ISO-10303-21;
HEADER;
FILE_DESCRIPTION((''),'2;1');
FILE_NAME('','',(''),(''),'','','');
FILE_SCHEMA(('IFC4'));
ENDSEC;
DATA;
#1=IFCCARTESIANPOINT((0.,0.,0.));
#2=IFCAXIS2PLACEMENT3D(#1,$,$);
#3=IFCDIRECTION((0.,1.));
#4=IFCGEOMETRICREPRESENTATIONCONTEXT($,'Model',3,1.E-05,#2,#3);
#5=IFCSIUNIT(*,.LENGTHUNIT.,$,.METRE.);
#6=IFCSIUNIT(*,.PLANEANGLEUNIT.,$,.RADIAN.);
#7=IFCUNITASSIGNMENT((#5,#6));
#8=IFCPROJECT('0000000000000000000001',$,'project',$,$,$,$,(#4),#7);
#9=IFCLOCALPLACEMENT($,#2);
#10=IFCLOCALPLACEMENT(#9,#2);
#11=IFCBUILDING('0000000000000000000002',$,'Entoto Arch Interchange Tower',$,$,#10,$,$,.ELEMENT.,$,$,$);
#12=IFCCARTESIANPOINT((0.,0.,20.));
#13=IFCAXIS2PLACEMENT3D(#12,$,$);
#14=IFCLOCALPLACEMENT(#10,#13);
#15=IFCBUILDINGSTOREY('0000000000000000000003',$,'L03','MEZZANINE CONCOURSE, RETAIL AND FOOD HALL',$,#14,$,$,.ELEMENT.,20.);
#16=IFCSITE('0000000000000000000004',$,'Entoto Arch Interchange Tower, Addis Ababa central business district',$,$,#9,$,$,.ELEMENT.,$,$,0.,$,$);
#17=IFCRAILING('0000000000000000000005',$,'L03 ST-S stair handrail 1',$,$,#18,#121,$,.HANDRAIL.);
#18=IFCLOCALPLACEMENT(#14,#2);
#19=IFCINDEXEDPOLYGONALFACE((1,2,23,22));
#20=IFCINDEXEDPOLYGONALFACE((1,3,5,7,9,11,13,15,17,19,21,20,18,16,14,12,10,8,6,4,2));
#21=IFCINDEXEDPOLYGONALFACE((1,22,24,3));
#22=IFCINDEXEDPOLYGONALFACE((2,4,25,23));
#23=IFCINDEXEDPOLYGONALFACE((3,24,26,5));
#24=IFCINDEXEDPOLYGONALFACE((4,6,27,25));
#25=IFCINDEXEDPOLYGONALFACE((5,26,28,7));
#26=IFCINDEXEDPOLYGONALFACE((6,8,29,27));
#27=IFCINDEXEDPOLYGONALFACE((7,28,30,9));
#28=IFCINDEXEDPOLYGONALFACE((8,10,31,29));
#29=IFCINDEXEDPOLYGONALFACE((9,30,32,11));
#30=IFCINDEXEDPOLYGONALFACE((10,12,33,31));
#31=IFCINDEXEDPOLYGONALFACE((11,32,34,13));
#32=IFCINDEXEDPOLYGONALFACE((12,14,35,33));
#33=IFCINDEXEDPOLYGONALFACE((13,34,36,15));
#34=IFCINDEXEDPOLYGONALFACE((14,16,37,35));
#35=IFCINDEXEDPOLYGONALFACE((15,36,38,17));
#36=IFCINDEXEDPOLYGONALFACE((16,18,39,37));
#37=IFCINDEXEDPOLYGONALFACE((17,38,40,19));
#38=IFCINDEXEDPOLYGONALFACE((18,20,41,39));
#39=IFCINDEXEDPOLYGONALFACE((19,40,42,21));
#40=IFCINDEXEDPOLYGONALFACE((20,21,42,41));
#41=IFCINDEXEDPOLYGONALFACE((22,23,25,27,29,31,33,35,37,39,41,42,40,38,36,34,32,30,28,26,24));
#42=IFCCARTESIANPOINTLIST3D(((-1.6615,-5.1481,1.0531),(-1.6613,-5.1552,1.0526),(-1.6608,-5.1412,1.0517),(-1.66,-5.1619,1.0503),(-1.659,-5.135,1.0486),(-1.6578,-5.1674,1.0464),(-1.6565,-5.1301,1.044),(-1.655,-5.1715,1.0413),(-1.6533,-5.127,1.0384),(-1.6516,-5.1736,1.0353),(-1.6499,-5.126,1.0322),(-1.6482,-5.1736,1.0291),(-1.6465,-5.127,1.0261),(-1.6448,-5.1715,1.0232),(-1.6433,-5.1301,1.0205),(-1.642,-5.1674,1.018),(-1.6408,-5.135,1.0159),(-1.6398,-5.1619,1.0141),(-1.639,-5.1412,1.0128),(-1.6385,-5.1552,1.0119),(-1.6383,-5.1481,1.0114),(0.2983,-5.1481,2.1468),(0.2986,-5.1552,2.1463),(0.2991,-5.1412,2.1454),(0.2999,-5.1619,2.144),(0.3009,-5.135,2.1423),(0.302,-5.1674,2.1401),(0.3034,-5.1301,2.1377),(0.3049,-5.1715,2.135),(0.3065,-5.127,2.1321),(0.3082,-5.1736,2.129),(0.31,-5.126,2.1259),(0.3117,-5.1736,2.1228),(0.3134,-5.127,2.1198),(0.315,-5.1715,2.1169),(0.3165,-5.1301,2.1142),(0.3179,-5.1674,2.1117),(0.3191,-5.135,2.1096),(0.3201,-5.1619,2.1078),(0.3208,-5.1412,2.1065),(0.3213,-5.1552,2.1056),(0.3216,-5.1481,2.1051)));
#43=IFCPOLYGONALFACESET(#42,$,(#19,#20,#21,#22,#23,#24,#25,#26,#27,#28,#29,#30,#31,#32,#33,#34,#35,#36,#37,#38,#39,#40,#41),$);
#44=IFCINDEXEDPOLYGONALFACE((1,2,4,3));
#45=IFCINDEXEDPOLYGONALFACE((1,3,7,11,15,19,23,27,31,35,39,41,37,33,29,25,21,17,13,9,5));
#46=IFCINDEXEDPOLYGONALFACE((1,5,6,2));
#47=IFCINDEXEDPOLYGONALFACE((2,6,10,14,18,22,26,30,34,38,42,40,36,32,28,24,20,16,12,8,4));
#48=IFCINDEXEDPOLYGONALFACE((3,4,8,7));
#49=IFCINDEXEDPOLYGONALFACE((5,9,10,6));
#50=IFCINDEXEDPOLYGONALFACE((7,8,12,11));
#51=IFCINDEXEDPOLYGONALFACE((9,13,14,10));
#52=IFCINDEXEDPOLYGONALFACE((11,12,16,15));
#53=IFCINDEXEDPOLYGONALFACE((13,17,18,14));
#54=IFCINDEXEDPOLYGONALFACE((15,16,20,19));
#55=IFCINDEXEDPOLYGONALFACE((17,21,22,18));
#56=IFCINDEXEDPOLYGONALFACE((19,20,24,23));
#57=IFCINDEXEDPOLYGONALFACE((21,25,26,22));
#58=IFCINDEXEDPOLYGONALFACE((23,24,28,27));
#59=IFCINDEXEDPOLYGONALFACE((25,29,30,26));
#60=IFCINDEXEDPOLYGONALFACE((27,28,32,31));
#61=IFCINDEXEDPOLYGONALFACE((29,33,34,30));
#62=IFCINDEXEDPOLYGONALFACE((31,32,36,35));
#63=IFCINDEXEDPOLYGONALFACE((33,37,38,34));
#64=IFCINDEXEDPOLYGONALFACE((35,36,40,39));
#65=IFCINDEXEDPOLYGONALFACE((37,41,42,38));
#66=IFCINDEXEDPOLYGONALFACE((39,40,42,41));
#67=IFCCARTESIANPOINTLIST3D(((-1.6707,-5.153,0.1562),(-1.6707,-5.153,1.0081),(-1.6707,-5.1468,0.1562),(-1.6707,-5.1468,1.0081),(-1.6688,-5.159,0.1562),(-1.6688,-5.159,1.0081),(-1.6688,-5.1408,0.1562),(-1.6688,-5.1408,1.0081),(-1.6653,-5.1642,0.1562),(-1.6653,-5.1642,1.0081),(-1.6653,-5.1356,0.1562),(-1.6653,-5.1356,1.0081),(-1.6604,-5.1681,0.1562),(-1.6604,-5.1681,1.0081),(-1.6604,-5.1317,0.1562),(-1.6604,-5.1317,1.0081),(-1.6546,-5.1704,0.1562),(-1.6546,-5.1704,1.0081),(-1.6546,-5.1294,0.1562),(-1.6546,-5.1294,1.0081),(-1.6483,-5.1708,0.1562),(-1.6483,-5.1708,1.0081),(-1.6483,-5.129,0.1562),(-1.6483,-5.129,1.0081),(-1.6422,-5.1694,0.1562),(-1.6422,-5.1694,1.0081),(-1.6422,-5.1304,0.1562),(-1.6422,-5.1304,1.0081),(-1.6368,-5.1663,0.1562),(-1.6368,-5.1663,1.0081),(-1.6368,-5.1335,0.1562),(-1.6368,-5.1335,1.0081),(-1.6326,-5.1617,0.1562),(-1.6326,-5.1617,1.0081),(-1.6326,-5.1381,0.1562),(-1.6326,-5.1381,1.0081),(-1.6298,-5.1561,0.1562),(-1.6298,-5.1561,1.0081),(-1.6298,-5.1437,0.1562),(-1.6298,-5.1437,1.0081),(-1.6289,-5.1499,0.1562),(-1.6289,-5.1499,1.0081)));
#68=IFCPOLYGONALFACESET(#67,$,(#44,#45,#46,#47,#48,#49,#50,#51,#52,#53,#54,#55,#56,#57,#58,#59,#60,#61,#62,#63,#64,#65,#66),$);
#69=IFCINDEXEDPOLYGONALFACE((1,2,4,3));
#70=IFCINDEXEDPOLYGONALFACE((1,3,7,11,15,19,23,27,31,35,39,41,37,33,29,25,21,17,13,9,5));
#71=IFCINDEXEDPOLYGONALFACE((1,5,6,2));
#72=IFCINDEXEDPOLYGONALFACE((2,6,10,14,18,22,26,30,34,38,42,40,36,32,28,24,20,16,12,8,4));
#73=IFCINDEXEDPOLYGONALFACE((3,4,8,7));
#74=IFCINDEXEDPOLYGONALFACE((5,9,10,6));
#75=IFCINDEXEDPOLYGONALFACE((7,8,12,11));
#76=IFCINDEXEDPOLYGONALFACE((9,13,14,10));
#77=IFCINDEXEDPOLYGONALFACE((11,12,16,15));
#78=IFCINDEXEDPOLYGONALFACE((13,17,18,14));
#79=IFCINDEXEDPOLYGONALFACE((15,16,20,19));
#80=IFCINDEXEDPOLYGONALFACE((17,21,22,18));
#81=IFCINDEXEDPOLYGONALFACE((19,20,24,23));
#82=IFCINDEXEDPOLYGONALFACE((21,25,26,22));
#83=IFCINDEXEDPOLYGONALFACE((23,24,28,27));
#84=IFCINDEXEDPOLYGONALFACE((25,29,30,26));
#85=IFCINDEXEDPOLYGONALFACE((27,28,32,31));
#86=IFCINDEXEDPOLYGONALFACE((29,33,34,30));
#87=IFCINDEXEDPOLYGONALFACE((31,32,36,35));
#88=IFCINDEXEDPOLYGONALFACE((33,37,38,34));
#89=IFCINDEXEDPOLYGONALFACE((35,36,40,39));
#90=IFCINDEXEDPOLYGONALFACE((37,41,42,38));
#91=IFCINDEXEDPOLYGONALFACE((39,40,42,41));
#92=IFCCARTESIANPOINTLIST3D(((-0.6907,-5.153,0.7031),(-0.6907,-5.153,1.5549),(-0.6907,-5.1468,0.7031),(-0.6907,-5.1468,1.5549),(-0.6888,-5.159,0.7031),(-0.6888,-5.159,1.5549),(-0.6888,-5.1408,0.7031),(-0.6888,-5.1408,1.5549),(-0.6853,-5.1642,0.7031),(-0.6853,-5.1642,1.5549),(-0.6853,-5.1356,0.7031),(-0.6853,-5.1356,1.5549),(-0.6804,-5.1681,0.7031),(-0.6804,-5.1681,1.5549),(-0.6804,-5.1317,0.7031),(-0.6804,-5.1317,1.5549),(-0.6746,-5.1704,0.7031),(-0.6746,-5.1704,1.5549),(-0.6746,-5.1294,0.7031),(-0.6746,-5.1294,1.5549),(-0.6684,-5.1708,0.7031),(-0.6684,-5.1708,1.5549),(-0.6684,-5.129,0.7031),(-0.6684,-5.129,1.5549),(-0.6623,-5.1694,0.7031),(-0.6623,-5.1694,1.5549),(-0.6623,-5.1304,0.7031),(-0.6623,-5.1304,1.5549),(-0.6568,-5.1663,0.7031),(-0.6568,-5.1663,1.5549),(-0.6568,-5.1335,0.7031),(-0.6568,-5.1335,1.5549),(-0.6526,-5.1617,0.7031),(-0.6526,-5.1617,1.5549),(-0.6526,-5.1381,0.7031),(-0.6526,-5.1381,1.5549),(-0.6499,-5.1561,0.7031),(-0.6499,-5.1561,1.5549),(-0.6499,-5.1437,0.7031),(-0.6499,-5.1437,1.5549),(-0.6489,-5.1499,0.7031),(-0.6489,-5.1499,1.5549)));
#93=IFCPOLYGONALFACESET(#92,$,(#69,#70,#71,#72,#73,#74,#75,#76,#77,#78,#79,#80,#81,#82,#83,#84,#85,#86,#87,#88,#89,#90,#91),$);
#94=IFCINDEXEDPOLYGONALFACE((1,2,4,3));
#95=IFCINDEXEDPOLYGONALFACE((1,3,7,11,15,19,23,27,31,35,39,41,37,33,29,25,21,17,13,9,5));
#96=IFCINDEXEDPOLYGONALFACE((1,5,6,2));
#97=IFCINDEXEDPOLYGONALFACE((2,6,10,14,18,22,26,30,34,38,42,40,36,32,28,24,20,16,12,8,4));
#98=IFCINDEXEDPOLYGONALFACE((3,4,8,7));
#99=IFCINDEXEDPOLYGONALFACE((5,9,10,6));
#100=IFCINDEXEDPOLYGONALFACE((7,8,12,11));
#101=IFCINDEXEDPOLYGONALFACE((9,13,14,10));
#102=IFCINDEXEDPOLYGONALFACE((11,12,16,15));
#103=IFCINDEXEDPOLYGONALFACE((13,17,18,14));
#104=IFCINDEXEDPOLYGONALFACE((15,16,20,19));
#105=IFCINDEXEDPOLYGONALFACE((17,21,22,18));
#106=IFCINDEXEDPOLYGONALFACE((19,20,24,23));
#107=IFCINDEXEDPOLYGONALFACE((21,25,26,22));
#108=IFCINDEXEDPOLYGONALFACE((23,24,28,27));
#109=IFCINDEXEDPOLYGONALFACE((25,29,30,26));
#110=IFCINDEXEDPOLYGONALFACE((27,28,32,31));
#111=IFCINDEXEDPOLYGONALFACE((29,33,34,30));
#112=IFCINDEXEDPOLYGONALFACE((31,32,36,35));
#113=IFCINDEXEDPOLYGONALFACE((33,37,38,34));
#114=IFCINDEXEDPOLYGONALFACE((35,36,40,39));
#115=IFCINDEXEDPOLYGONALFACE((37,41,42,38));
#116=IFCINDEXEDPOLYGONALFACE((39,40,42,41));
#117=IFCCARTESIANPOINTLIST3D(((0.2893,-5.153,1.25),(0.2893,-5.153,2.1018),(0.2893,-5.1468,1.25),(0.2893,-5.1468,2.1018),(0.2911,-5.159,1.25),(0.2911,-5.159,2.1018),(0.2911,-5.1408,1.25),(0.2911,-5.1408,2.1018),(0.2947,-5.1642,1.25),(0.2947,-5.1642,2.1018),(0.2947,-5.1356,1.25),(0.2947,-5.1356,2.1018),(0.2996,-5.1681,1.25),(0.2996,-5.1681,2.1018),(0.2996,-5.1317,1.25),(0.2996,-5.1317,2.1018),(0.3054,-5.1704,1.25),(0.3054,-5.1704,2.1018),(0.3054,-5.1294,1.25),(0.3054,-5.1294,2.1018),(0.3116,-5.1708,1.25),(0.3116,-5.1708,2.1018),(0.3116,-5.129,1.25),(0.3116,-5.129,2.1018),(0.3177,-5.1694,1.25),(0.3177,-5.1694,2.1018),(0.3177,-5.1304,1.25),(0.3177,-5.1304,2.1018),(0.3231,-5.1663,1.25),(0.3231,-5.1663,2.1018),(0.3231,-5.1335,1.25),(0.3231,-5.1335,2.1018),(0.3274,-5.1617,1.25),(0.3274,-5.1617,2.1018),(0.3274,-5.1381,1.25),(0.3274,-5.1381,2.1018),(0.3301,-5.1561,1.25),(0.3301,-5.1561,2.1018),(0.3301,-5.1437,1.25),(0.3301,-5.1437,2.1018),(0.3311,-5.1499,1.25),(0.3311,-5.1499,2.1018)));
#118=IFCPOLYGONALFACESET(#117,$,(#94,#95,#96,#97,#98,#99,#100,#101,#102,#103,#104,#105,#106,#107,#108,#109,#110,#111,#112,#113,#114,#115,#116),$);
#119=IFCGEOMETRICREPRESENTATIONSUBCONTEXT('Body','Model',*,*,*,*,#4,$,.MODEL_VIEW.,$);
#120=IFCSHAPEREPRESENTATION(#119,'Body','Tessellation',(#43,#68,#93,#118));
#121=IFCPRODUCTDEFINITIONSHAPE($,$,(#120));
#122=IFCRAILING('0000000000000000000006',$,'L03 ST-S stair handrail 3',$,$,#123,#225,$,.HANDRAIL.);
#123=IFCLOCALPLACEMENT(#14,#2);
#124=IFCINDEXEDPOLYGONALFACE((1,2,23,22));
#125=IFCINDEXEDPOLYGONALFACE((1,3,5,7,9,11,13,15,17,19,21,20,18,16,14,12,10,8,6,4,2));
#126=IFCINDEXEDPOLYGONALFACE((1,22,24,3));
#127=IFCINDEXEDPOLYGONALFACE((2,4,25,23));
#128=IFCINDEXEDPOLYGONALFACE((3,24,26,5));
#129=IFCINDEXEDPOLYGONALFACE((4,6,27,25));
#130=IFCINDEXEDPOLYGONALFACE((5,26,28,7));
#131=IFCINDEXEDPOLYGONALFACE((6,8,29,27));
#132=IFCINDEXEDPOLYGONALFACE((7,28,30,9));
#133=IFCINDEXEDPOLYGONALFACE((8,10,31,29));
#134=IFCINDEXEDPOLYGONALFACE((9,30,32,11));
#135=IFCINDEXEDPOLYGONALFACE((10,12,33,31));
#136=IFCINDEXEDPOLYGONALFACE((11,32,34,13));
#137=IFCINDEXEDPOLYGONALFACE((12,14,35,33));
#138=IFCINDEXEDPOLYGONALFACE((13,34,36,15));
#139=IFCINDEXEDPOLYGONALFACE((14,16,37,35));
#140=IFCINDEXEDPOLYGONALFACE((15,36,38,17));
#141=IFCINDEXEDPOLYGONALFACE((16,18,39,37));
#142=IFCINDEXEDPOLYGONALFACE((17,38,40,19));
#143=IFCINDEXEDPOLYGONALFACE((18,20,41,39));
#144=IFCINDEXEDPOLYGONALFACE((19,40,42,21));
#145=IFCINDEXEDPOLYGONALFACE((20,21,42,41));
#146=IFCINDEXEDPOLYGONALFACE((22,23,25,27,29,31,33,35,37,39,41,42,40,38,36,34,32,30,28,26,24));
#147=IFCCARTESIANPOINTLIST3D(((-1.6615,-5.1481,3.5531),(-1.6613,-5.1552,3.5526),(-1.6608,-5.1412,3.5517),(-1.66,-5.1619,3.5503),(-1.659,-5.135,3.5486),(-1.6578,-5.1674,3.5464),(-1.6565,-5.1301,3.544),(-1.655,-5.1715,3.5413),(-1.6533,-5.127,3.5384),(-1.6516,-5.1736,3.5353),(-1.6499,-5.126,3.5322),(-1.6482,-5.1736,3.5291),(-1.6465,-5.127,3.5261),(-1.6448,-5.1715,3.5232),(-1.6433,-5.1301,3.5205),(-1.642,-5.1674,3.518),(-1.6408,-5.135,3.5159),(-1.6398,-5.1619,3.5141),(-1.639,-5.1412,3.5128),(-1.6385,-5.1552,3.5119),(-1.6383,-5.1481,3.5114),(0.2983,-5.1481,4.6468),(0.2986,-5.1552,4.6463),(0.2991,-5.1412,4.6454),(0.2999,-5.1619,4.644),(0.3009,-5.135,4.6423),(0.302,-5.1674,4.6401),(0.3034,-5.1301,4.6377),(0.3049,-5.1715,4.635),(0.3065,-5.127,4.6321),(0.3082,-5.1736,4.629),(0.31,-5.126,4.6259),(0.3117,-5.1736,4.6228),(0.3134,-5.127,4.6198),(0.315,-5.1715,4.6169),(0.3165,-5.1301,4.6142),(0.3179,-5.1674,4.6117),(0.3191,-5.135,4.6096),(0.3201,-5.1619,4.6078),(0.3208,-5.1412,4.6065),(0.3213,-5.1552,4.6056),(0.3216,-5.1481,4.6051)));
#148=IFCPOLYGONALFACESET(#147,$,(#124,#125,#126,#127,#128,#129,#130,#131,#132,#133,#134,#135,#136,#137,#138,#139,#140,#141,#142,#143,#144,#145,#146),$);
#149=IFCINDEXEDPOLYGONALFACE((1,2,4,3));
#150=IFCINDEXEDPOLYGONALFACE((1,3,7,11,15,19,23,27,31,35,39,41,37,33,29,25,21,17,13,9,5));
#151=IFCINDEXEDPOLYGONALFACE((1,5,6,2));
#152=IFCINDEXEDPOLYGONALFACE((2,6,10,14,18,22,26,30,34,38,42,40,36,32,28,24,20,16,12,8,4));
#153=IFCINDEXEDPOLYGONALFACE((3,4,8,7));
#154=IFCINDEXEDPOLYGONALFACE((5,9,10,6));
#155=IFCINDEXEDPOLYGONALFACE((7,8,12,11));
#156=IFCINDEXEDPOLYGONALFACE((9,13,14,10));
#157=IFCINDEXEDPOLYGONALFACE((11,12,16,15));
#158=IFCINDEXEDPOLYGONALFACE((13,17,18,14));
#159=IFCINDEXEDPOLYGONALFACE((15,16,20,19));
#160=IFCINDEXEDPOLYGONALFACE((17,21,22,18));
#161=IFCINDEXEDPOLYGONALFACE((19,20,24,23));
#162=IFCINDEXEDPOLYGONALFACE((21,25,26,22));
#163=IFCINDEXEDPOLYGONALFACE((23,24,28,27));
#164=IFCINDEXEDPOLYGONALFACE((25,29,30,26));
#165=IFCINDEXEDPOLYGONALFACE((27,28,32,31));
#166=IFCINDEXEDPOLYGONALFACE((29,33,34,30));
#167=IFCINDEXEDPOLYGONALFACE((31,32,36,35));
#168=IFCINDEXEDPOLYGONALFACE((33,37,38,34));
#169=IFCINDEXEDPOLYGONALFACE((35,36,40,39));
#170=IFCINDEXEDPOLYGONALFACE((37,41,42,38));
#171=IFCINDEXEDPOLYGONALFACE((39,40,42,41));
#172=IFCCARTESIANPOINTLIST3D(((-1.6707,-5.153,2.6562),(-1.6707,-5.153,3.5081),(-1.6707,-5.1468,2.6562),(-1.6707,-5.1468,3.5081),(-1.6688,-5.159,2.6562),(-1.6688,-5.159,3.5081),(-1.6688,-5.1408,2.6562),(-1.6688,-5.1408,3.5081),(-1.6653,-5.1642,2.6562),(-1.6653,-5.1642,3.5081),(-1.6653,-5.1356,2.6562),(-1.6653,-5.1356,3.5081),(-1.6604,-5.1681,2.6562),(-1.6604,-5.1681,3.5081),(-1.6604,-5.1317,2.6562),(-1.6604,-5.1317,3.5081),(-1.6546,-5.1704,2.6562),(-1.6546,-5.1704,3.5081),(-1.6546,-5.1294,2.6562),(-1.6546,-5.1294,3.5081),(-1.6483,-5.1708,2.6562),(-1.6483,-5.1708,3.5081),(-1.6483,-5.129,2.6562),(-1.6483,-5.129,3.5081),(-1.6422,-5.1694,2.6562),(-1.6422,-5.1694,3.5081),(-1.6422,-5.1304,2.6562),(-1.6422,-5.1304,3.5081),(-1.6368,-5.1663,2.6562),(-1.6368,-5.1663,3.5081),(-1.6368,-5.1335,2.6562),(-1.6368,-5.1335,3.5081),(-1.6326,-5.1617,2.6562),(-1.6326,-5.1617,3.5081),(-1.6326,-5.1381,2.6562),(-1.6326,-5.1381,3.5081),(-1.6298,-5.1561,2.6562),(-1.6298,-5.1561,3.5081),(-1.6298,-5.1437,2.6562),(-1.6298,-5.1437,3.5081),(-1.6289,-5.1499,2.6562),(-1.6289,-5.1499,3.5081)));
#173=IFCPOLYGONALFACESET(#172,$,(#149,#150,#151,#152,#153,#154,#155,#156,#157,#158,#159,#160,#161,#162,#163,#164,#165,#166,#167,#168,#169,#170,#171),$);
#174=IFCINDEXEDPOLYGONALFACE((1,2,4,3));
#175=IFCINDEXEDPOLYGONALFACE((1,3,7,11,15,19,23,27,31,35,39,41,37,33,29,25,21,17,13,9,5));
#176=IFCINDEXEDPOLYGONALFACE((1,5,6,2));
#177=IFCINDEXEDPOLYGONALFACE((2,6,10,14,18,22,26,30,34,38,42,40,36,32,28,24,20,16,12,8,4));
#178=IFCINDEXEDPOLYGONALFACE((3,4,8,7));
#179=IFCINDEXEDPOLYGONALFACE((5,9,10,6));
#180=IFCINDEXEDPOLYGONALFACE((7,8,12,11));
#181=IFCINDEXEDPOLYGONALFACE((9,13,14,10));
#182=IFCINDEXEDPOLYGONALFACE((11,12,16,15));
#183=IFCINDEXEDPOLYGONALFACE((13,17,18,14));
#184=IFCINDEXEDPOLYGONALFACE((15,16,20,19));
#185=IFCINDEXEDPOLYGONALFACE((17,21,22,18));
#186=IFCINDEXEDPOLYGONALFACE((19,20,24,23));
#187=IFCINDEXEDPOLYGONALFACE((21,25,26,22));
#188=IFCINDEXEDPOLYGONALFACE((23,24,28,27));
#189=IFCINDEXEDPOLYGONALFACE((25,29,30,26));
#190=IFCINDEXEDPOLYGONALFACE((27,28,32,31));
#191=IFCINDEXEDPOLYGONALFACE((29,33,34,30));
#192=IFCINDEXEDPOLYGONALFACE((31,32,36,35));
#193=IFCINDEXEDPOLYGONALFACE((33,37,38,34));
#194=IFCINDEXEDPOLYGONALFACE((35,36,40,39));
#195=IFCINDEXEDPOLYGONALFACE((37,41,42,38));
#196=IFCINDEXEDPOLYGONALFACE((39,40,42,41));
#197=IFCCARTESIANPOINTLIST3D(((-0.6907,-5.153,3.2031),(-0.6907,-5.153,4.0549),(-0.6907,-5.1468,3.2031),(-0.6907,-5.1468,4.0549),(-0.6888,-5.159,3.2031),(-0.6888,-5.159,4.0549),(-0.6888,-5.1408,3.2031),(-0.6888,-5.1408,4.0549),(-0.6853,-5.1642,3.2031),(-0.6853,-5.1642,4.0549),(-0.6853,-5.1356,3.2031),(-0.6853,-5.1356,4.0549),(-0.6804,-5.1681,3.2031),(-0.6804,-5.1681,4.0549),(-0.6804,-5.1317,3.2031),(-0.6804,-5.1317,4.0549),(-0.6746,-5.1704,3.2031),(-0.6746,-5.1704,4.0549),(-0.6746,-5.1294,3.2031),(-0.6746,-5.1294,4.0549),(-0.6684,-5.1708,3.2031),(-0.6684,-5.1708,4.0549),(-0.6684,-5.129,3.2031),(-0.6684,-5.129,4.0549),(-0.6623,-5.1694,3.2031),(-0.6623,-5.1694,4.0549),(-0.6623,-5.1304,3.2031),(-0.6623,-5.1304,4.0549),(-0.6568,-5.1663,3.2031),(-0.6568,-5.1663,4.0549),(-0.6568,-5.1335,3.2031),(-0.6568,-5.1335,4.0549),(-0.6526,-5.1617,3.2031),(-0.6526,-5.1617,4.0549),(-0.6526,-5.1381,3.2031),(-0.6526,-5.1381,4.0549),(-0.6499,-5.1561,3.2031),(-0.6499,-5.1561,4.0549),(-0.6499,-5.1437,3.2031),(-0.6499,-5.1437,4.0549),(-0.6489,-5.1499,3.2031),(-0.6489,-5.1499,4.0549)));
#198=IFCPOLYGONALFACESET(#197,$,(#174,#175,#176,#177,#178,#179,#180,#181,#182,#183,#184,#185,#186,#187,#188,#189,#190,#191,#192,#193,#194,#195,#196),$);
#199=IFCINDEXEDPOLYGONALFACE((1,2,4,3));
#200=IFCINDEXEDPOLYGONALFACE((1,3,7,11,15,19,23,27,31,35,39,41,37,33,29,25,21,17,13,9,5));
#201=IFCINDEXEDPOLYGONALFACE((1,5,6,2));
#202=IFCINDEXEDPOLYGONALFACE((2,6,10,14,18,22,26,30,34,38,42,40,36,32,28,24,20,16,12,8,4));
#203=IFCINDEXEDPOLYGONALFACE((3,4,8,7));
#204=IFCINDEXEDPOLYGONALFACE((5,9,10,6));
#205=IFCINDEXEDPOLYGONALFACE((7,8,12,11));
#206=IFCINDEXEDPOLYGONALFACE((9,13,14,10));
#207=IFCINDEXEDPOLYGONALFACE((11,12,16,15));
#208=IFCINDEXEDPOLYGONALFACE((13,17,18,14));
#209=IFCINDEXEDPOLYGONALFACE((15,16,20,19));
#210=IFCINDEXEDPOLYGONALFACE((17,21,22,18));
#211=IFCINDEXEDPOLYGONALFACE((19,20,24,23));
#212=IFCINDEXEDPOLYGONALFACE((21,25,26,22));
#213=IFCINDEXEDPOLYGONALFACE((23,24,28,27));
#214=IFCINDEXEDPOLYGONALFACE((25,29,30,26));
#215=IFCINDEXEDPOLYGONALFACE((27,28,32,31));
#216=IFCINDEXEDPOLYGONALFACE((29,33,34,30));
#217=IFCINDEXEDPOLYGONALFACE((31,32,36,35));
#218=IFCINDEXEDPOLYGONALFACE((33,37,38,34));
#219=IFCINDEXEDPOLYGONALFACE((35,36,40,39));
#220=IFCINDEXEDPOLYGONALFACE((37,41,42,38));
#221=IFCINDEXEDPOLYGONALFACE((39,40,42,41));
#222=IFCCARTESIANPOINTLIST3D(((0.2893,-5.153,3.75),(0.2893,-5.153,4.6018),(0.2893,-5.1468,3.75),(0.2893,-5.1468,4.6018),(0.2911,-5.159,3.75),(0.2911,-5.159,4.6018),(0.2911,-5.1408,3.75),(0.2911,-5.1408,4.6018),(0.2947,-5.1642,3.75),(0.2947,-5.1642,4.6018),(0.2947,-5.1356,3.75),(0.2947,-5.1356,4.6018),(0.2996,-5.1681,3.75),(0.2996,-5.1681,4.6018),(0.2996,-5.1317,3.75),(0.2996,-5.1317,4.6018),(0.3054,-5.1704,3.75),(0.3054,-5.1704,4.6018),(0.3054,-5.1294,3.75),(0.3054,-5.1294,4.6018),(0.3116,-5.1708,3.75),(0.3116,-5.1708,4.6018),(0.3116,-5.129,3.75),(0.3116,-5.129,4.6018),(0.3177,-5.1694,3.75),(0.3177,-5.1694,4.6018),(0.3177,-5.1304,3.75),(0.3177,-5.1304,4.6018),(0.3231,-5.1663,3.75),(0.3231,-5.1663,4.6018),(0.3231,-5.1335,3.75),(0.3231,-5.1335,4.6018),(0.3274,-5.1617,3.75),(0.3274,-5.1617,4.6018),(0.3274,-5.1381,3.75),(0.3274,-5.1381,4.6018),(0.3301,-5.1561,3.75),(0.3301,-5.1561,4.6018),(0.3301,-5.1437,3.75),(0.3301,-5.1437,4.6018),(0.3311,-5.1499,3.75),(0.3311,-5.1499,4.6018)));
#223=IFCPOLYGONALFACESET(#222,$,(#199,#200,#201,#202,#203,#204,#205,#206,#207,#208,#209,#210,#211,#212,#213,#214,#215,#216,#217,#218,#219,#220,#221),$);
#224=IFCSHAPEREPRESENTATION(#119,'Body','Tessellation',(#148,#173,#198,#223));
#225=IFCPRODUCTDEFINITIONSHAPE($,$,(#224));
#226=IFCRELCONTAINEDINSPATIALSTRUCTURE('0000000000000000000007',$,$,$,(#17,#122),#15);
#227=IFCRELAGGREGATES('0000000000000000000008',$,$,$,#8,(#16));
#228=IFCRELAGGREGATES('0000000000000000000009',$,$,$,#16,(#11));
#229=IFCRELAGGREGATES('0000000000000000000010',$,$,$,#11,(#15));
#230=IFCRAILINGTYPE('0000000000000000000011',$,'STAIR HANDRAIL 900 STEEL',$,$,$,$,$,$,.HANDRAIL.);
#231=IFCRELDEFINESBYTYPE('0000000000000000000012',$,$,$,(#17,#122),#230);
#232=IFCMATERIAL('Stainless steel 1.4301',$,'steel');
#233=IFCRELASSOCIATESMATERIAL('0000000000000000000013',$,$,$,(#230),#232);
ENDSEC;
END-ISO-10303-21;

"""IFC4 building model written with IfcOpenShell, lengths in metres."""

from ifc_helpers import new_model, si_unit, direction, frame, origin, origin_2d, place, context, subcontext, project, spatial, circle, extrude, material, type_object, element, save


model = new_model("IFC4")

# Units and contexts
model_context = context("Model", 3, precision=1e-05, world=origin(), true_north=direction((0.0, 1.0)))
body_context = subcontext(model_context, "Body", "Model", "MODEL_VIEW")
ifc_project = project(units=[si_unit("LENGTHUNIT", "METRE"), si_unit("PLANEANGLEUNIT", "RADIAN")], contexts=[model_context])

# Site, building, storey
site_placement = place(None, origin())
site = spatial("IfcSite", under=ifc_project, at=site_placement, Name="Entoto Arch Interchange Tower, Addis Ababa central business district", CompositionType="ELEMENT", RefElevation=0.0)
building_placement = place(site_placement, origin())
building = spatial("IfcBuilding", under=site, at=building_placement, Name="Entoto Arch Interchange Tower", CompositionType="ELEMENT")
storey_placement = place(building_placement, frame((0.0, 0.0, 20.0)))
storey = spatial("IfcBuildingStorey", under=building, at=storey_placement, Name="L03", Description="MEZZANINE CONCOURSE, RETAIL AND FOOD HALL", CompositionType="ELEMENT", Elevation=20.0)

# Railings
ifc_material_1 = material(Name="Stainless steel 1.4301", Category="steel")
railing_type_1 = type_object("IfcRailingType", Name="STAIR HANDRAIL 900 STEEL", PredefinedType="HANDRAIL", material=ifc_material_1)
for number, where, name in (
    (1, (-1.6499, -5.1499, 0.1562), "L03 ST-S stair handrail 1"),
    (2, (-1.6499, -5.1499, 2.6562), "L03 ST-S stair handrail 3"),
):
    element("IfcRailing", number, at=place(storey_placement, frame(where)), inside=storey, type_object=railing_type_1, Name=name, PredefinedType="HANDRAIL", context=body_context, shape_type="SweptSolid", body=[
        extrude(circle(Radius=0.0239, at=origin_2d()), frame((0.0, 0.0, 0.876), z_axis=(0.873232, 0.0, 0.487304), x_axis=(0.0, 1.0, 0.0)), (0.0, 0.0, 1.0), 2.2444),
        extrude(circle(Radius=0.021, at=origin_2d()), origin(), (0.0, 0.0, 1.0), 0.8518),
        extrude(circle(Radius=0.021, at=origin_2d()), frame((0.98, 0.0, 0.5469)), (0.0, 0.0, 1.0), 0.8518),
        extrude(circle(Radius=0.021, at=origin_2d()), frame((1.96, 0.0, 1.0938)), (0.0, 0.0, 1.0), 0.8518),
    ])

save(model, "model.ifc")
